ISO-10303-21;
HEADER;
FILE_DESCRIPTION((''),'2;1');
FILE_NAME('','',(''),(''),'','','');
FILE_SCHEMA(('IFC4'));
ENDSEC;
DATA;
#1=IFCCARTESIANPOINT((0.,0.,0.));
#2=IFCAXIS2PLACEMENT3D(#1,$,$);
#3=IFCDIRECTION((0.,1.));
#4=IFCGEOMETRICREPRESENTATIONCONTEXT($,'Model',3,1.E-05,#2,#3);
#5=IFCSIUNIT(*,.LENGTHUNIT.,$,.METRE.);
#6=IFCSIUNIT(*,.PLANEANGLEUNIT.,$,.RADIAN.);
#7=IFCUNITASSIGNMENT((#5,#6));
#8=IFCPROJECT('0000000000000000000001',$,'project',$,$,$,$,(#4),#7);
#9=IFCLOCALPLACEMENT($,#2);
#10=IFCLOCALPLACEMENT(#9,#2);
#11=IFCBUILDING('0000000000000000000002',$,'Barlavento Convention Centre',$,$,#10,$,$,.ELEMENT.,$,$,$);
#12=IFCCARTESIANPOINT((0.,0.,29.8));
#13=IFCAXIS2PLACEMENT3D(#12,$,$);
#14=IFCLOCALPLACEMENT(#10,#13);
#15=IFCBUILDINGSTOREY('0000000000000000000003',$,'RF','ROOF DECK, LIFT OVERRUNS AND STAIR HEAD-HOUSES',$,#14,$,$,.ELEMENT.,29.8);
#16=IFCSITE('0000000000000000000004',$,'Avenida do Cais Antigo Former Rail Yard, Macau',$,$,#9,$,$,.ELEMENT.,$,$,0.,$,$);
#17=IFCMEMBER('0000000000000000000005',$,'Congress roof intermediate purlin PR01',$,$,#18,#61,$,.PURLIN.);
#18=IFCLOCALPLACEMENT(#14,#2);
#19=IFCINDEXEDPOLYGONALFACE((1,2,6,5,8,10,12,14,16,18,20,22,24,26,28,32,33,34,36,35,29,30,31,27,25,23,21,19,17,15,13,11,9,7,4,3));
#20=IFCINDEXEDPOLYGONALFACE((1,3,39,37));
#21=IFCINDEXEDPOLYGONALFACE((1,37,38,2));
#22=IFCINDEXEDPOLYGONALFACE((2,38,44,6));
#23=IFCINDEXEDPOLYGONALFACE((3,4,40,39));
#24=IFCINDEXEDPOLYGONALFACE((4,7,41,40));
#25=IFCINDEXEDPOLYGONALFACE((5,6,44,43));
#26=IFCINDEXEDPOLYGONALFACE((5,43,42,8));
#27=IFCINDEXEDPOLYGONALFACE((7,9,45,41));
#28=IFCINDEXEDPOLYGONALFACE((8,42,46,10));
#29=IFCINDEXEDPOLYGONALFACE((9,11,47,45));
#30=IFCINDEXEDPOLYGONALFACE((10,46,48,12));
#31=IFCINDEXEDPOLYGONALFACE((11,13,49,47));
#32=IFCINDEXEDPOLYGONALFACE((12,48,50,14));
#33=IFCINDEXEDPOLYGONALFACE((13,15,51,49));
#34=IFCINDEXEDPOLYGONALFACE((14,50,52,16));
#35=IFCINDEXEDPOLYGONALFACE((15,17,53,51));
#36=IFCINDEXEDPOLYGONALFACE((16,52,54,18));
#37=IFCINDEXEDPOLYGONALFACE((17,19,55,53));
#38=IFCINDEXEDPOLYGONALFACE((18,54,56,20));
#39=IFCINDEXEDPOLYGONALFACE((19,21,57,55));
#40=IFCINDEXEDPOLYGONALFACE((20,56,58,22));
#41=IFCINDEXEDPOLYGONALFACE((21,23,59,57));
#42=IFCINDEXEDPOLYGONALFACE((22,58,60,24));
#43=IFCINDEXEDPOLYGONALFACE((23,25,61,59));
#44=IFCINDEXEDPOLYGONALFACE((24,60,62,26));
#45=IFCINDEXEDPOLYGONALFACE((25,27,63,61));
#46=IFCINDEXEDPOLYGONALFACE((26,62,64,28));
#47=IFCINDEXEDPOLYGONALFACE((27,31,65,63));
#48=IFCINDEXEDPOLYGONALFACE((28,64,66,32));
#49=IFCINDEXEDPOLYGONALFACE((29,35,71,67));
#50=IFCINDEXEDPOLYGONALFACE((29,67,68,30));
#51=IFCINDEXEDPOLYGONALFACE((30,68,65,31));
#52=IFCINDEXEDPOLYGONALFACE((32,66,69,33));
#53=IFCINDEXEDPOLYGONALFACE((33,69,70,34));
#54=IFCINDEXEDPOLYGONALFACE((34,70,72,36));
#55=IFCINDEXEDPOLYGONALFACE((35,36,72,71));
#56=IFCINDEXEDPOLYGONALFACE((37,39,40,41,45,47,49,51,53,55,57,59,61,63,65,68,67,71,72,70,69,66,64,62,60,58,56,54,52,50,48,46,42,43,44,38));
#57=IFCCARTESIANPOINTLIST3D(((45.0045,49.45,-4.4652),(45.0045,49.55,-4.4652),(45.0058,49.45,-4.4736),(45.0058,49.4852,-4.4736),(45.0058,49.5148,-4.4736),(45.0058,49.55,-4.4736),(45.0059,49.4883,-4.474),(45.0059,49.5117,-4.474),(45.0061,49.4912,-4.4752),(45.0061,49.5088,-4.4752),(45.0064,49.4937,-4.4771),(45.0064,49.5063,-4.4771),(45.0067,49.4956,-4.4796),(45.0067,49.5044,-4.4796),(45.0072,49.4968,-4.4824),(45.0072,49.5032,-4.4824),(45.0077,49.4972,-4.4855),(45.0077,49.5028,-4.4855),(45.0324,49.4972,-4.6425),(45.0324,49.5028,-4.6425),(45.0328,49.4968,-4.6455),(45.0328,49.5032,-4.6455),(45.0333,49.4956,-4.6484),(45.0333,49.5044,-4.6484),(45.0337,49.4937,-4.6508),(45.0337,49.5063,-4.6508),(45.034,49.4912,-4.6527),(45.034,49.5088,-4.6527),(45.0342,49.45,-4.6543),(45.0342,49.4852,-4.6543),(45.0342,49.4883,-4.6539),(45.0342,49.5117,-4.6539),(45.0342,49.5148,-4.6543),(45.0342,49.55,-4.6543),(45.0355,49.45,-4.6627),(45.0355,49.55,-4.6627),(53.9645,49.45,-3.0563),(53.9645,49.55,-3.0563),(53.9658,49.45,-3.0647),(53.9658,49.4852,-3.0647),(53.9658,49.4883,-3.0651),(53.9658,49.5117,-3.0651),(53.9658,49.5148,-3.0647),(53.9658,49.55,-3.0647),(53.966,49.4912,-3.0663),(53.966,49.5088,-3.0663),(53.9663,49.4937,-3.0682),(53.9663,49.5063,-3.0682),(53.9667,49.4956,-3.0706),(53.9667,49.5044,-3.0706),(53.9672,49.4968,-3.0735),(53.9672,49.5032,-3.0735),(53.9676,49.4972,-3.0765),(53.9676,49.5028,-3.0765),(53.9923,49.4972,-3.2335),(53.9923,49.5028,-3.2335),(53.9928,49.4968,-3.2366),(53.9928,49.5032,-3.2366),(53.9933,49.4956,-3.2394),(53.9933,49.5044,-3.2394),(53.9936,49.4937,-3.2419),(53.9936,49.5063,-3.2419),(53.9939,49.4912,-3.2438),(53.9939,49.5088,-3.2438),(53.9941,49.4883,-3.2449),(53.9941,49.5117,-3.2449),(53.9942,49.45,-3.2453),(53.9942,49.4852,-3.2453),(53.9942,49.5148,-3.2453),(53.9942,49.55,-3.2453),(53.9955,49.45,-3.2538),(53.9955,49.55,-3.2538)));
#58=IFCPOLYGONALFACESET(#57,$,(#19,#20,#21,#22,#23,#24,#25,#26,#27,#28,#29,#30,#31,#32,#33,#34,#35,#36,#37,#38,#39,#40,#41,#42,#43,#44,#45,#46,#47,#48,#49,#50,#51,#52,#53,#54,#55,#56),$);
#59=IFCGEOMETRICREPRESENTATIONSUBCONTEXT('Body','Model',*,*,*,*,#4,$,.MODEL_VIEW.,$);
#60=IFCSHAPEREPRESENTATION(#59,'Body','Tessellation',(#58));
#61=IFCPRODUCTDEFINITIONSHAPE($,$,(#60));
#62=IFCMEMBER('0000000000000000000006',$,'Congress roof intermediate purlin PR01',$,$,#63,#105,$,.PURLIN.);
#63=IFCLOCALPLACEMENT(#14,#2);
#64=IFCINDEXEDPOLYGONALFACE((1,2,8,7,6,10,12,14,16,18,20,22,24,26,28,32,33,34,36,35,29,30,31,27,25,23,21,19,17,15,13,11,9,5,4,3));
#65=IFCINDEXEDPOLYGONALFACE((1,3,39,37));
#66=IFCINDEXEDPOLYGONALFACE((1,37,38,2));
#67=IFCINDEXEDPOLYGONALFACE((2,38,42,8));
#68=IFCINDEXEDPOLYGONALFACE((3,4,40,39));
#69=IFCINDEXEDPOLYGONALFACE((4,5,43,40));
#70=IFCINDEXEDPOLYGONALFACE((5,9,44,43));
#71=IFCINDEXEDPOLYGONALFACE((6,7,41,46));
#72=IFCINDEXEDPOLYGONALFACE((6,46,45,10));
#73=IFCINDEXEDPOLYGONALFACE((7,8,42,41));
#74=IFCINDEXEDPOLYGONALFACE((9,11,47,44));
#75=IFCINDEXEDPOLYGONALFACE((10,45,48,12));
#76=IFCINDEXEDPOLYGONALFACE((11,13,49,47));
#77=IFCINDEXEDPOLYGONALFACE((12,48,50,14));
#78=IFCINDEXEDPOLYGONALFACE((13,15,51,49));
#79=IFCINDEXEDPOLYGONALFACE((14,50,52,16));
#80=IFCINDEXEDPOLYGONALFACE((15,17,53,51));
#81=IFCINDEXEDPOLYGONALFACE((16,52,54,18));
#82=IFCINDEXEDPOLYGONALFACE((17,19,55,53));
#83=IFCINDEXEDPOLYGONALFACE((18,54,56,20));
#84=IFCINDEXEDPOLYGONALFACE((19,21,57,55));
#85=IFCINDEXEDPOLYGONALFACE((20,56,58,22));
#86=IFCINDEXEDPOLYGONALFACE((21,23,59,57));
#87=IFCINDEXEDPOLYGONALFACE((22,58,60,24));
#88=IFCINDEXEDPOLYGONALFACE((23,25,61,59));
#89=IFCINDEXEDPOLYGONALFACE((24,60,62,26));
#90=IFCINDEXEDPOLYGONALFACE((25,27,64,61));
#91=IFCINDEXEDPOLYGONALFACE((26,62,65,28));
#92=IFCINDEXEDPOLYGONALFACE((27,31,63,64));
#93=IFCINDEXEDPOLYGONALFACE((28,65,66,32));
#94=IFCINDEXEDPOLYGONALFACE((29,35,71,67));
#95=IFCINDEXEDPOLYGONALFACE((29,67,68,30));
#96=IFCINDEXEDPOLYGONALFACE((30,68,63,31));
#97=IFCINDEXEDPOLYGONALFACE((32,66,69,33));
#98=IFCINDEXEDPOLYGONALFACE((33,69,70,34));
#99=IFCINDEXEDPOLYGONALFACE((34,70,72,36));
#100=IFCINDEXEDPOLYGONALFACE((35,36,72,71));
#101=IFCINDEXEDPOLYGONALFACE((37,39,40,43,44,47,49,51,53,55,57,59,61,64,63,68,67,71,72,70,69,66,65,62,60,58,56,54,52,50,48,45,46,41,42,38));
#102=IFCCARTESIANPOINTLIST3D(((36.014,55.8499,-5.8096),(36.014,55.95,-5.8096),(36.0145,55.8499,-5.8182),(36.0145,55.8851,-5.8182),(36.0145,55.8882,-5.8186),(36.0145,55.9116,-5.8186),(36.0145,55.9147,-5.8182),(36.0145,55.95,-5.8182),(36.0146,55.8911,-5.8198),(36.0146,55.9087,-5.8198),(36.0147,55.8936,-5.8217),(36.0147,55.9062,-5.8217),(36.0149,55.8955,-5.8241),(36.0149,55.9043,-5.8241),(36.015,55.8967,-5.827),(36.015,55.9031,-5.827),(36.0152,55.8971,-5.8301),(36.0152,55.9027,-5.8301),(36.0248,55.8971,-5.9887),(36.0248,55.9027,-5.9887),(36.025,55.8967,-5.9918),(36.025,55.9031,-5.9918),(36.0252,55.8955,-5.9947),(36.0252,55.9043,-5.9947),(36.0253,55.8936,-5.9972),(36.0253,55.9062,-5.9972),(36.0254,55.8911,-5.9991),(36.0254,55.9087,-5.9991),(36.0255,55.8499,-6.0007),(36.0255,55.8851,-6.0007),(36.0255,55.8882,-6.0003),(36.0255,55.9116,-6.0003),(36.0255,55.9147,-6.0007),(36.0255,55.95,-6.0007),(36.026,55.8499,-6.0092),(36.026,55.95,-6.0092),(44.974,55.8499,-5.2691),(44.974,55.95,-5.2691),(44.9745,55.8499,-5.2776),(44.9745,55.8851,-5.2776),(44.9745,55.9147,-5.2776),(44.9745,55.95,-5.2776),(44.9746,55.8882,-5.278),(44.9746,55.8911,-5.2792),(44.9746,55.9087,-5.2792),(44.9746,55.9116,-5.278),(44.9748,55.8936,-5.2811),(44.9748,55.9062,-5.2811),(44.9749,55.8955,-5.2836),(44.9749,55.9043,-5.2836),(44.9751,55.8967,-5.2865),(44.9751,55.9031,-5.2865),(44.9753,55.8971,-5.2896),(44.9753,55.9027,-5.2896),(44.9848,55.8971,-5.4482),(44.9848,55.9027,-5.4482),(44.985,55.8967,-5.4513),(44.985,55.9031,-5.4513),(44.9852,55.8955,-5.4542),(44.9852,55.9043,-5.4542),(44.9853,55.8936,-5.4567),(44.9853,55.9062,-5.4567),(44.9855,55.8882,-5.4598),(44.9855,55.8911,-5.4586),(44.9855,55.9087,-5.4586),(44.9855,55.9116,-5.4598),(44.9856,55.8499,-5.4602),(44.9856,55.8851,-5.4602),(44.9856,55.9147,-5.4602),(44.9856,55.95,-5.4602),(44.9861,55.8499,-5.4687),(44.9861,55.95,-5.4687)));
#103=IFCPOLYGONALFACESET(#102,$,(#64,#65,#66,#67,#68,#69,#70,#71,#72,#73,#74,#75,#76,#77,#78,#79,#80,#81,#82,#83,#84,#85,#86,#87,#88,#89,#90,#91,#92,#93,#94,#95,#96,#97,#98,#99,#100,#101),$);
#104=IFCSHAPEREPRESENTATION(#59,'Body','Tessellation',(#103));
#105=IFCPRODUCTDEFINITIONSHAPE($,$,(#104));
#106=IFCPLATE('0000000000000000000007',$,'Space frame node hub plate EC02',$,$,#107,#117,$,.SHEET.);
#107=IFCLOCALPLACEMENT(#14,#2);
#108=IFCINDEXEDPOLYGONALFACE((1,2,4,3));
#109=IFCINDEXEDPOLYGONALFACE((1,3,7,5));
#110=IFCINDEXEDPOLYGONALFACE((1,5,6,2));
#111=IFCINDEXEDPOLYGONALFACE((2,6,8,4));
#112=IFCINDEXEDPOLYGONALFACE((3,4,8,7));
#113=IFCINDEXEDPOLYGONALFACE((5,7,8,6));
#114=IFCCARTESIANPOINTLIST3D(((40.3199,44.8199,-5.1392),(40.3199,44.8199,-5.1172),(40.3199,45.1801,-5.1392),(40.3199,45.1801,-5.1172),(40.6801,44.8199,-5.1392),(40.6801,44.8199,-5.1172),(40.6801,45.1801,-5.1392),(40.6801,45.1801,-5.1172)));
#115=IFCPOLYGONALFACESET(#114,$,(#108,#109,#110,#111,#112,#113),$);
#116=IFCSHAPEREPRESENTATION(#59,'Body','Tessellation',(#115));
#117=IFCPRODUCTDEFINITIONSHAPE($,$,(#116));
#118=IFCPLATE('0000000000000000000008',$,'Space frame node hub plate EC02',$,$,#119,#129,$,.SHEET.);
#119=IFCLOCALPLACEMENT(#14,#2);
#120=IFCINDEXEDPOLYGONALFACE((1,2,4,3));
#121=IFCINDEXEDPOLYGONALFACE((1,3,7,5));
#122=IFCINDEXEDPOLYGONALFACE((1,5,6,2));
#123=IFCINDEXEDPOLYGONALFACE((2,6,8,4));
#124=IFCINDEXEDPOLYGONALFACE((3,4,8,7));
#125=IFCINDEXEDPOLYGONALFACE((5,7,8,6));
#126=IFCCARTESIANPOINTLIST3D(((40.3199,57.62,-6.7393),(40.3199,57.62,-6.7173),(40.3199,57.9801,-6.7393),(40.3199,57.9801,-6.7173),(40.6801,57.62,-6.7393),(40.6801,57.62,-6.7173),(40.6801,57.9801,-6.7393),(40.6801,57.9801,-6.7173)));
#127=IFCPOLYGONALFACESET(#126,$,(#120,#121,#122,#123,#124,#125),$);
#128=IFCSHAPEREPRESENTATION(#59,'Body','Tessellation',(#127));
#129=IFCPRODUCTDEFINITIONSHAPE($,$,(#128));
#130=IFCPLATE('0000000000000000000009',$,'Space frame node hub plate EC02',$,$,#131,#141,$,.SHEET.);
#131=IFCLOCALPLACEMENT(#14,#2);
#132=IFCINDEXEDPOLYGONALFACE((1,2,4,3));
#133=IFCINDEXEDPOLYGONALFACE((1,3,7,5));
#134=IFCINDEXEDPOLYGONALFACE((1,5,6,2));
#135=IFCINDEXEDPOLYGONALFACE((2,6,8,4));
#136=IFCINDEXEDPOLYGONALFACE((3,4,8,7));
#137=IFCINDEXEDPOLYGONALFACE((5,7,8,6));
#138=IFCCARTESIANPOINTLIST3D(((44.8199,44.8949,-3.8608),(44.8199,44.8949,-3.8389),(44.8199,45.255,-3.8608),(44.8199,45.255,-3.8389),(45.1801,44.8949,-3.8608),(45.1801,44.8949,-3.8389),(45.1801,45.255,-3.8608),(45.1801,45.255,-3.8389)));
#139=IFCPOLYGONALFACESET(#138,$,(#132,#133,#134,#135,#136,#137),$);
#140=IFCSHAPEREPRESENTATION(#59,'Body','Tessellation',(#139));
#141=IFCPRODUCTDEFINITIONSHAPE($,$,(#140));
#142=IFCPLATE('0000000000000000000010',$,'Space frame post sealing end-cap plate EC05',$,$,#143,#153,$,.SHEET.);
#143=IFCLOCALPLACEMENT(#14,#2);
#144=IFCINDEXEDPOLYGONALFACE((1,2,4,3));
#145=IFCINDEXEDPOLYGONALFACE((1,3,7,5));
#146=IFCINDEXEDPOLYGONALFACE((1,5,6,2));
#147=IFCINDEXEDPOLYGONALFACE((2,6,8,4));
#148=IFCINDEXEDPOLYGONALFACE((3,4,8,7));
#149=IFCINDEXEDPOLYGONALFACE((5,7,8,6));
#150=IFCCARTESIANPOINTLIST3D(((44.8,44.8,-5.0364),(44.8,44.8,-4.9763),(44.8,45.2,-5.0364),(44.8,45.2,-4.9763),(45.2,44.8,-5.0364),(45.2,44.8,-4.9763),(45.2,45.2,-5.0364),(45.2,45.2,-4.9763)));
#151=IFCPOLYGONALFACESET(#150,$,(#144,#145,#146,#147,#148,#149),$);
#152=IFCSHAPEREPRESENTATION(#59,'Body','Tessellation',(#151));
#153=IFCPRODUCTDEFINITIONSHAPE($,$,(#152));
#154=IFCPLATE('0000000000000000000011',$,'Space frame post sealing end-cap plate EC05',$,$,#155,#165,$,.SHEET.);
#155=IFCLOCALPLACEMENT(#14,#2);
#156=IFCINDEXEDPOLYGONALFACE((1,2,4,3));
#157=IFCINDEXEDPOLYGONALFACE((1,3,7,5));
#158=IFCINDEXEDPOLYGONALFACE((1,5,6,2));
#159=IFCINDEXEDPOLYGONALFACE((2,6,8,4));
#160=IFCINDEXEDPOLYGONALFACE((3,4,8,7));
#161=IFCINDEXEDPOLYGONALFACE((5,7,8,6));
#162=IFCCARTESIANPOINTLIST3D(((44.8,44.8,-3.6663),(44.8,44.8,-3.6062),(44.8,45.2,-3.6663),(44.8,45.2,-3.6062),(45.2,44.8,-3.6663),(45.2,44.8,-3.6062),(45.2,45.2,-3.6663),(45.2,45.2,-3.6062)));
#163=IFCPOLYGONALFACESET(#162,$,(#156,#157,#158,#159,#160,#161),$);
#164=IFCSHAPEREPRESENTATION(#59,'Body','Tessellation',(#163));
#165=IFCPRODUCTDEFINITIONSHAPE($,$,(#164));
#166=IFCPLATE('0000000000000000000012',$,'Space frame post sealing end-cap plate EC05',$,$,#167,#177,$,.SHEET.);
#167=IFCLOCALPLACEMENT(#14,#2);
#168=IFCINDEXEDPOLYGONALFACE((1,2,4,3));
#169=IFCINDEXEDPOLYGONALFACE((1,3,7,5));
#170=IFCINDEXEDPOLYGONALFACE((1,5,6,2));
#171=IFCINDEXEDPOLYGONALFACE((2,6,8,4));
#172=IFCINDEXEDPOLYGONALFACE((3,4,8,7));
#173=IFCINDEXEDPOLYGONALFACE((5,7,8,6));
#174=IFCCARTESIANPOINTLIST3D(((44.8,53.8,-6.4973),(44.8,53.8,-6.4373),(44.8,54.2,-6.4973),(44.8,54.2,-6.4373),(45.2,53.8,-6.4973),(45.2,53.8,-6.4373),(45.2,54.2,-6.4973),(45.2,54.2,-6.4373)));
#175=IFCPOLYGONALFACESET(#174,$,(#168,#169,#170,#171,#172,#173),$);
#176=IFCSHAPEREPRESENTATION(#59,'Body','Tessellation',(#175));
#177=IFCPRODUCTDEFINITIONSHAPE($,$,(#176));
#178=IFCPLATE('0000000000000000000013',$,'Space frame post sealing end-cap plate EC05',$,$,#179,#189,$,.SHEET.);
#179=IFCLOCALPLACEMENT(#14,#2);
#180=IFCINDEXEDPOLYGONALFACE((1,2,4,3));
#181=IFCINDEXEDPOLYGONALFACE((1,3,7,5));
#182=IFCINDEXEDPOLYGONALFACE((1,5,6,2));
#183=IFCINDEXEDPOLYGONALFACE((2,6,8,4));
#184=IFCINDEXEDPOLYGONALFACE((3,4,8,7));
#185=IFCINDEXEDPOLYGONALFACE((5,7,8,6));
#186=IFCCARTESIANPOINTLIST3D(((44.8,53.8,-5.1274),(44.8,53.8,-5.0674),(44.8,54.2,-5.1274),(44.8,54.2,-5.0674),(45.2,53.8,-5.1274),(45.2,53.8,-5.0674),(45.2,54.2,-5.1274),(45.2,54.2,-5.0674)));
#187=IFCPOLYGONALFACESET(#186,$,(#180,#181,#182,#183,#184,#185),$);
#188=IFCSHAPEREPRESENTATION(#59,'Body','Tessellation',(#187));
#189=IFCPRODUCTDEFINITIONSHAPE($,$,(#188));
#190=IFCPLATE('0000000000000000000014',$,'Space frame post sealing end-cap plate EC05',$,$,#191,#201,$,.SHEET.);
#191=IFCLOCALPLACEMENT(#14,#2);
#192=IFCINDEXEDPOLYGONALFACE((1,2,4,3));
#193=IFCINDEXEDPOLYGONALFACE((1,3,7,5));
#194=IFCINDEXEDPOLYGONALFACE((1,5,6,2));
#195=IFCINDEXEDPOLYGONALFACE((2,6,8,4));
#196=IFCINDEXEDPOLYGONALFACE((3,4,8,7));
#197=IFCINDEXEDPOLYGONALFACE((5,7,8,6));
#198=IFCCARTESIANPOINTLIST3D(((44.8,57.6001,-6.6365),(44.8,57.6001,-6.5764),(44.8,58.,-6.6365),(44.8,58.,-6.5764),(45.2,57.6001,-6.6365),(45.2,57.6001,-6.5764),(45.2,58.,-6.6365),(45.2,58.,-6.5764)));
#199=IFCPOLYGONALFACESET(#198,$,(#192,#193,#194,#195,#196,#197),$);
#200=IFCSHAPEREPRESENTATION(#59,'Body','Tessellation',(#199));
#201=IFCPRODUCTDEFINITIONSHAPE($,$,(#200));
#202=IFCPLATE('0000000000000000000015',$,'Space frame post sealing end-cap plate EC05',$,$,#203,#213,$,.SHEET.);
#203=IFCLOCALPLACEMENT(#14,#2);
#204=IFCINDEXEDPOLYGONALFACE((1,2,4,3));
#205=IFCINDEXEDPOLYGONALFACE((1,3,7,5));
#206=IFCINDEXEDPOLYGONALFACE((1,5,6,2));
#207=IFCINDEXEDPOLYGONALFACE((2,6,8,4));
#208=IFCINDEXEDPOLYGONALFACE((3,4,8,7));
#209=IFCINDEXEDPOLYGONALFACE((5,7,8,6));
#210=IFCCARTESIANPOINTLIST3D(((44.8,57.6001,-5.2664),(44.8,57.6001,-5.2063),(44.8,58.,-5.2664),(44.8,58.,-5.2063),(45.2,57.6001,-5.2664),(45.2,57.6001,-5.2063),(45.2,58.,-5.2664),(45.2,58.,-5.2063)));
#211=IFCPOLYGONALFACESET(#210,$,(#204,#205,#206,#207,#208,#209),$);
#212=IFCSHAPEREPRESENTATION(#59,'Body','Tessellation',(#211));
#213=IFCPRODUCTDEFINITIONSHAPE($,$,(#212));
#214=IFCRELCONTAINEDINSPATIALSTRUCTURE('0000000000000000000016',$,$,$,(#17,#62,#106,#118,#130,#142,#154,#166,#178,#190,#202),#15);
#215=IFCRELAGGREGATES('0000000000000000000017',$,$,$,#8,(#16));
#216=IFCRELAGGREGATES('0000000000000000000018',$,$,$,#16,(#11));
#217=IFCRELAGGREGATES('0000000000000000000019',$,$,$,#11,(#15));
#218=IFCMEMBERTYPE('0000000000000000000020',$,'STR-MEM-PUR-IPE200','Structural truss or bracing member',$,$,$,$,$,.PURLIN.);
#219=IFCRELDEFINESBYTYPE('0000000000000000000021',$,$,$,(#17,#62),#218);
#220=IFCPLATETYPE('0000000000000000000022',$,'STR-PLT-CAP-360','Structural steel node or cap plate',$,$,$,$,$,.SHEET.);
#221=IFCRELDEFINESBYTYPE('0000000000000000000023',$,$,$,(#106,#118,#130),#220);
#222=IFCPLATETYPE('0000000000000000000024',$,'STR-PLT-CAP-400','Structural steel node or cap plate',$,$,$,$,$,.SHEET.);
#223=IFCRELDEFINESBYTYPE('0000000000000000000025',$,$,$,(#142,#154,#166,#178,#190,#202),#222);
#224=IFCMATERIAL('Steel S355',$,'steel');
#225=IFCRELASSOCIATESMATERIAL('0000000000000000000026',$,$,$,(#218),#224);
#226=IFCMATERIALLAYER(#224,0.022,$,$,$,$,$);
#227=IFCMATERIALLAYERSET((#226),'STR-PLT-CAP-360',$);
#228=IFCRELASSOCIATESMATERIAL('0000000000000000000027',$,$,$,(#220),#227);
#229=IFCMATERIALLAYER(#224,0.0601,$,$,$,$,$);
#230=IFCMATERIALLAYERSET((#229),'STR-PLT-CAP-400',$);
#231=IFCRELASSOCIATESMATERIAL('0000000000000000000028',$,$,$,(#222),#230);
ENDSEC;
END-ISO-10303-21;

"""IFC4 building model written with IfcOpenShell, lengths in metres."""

from ifc_helpers import new_model, si_unit, direction, frame, origin, origin_2d, place, context, subcontext, project, spatial, rectangle, i_section, extrude, material, layer, layer_set, material_profile, profile_set, type_object, element, save


model = new_model("IFC4")

# Units and contexts
model_context = context("Model", 3, precision=1e-05, world=origin(), true_north=direction((0.0, 1.0)))
body_context = subcontext(model_context, "Body", "Model", "MODEL_VIEW")
ifc_project = project(units=[si_unit("LENGTHUNIT", "METRE"), si_unit("PLANEANGLEUNIT", "RADIAN")], contexts=[model_context])

# Site, building, storey
site_placement = place(None, origin())
site = spatial("IfcSite", under=ifc_project, at=site_placement, Name="Avenida do Cais Antigo Former Rail Yard, Macau", CompositionType="ELEMENT", RefElevation=0.0)
building_placement = place(site_placement, origin())
building = spatial("IfcBuilding", under=site, at=building_placement, Name="Barlavento Convention Centre", CompositionType="ELEMENT")
storey_placement = place(building_placement, frame((0.0, 0.0, 29.8)))
storey = spatial("IfcBuildingStorey", under=building, at=storey_placement, Name="RF", Description="ROOF DECK, LIFT OVERRUNS AND STAIR HEAD-HOUSES", CompositionType="ELEMENT", Elevation=29.8)

# Shared definitions
ifc_material_1 = material(Name="Steel S355", Category="steel")

# Members
ifc_material_profile_1 = material_profile(ifc_material_1, i_section(OverallWidth=0.1001, OverallDepth=0.2, WebThickness=0.0056, FlangeThickness=0.0085, FilletRadius=0.012, at=origin_2d()), Name="IPE 200")
ifc_profile_set_1 = profile_set([ifc_material_profile_1], Name="Steel S355")
member_type_1 = type_object("IfcMemberType", Name="STR-MEM-PUR-IPE200", Description="Structural truss or bracing member", PredefinedType="PURLIN", material=ifc_profile_set_1)
member_1_placement = place(storey_placement, frame((45.02, 49.5, -4.564), z_axis=(0.987861, 0.0, 0.155339), x_axis=(0.0, 1.0, 0.0)))
element("IfcMember", 1, at=member_1_placement, inside=storey, type_object=member_type_1, Name="Congress roof intermediate purlin PR01", PredefinedType="PURLIN", context=body_context, shape_type="SweptSolid", body=[
    extrude(i_section(OverallWidth=0.1001, OverallDepth=0.2, WebThickness=0.0056, FlangeThickness=0.0085, FilletRadius=0.012, at=origin_2d()), origin(), (0.0, 0.0, 1.0), 9.0701),
])
member_2_placement = place(storey_placement, frame((36.02, 55.8999, -5.9094), z_axis=(0.998185, 0.0, 0.060217), x_axis=(0.0, 1.0, 0.0)))
element("IfcMember", 2, at=member_2_placement, inside=storey, type_object=member_type_1, Name="Congress roof intermediate purlin PR01", PredefinedType="PURLIN", context=body_context, shape_type="SweptSolid", body=[
    extrude(i_section(OverallWidth=0.1001, OverallDepth=0.2, WebThickness=0.0056, FlangeThickness=0.0085, FilletRadius=0.012, at=origin_2d()), origin(), (0.0, 0.0, 1.0), 8.9763),
])

# Plates
ifc_layer_1 = layer(ifc_material_1, 0.022)
ifc_layer_set_1 = layer_set([ifc_layer_1], Name="STR-PLT-CAP-360")
plate_type_1 = type_object("IfcPlateType", Name="STR-PLT-CAP-360", Description="Structural steel node or cap plate", PredefinedType="SHEET", material=ifc_layer_set_1)
for number, where, z_axis, x_axis, name in (
    (3, (40.5, 45.0, -5.1392), (0.0, 0.0, 1.0), (1.0, 0.0, 0.0), "Space frame node hub plate EC02"),
    (4, (40.5, 57.8, -6.7393), (0.0, 0.0, 1.0), (1.0, 0.0, 0.0), "Space frame node hub plate EC02"),
    (5, (45.0, 45.075, -3.8608), (0.0, 0.0, 1.0), (1.0, 0.0, 0.0), "Space frame node hub plate EC02"),
):
    element("IfcPlate", number, at=place(storey_placement, frame(where, z_axis=z_axis, x_axis=x_axis)), inside=storey, type_object=plate_type_1, Name=name, PredefinedType="SHEET", context=body_context, shape_type="SweptSolid", body=[
        extrude(rectangle(XDim=0.3601, YDim=0.3601, at=origin_2d()), origin(), (0.0, 0.0, 1.0), 0.022),
    ])
ifc_layer_2 = layer(ifc_material_1, 0.0601)
ifc_layer_set_2 = layer_set([ifc_layer_2], Name="STR-PLT-CAP-400")
plate_type_2 = type_object("IfcPlateType", Name="STR-PLT-CAP-400", Description="Structural steel node or cap plate", PredefinedType="SHEET", material=ifc_layer_set_2)
for number, where, z_axis, x_axis, name in (
    (6, (45.0, 45.0, -5.0364), (0.0, 0.0, 1.0), (1.0, 0.0, 0.0), "Space frame post sealing end-cap plate EC05"),
    (7, (45.0, 45.0, -3.6663), (0.0, 0.0, 1.0), (1.0, 0.0, 0.0), "Space frame post sealing end-cap plate EC05"),
    (8, (45.0, 54.0, -6.4973), (0.0, 0.0, 1.0), (1.0, 0.0, 0.0), "Space frame post sealing end-cap plate EC05"),
    (9, (45.0, 54.0, -5.1274), (0.0, 0.0, 1.0), (1.0, 0.0, 0.0), "Space frame post sealing end-cap plate EC05"),
    (10, (45.0, 57.8, -6.6365), (0.0, 0.0, 1.0), (1.0, 0.0, 0.0), "Space frame post sealing end-cap plate EC05"),
    (11, (45.0, 57.8, -5.2664), (0.0, 0.0, 1.0), (1.0, 0.0, 0.0), "Space frame post sealing end-cap plate EC05"),
):
    element("IfcPlate", number, at=place(storey_placement, frame(where, z_axis=z_axis, x_axis=x_axis)), inside=storey, type_object=plate_type_2, Name=name, PredefinedType="SHEET", context=body_context, shape_type="SweptSolid", body=[
        extrude(rectangle(XDim=0.3999, YDim=0.3999, at=origin_2d()), origin(), (0.0, 0.0, 1.0), 0.0601),
    ])

save(model, "model.ifc")
